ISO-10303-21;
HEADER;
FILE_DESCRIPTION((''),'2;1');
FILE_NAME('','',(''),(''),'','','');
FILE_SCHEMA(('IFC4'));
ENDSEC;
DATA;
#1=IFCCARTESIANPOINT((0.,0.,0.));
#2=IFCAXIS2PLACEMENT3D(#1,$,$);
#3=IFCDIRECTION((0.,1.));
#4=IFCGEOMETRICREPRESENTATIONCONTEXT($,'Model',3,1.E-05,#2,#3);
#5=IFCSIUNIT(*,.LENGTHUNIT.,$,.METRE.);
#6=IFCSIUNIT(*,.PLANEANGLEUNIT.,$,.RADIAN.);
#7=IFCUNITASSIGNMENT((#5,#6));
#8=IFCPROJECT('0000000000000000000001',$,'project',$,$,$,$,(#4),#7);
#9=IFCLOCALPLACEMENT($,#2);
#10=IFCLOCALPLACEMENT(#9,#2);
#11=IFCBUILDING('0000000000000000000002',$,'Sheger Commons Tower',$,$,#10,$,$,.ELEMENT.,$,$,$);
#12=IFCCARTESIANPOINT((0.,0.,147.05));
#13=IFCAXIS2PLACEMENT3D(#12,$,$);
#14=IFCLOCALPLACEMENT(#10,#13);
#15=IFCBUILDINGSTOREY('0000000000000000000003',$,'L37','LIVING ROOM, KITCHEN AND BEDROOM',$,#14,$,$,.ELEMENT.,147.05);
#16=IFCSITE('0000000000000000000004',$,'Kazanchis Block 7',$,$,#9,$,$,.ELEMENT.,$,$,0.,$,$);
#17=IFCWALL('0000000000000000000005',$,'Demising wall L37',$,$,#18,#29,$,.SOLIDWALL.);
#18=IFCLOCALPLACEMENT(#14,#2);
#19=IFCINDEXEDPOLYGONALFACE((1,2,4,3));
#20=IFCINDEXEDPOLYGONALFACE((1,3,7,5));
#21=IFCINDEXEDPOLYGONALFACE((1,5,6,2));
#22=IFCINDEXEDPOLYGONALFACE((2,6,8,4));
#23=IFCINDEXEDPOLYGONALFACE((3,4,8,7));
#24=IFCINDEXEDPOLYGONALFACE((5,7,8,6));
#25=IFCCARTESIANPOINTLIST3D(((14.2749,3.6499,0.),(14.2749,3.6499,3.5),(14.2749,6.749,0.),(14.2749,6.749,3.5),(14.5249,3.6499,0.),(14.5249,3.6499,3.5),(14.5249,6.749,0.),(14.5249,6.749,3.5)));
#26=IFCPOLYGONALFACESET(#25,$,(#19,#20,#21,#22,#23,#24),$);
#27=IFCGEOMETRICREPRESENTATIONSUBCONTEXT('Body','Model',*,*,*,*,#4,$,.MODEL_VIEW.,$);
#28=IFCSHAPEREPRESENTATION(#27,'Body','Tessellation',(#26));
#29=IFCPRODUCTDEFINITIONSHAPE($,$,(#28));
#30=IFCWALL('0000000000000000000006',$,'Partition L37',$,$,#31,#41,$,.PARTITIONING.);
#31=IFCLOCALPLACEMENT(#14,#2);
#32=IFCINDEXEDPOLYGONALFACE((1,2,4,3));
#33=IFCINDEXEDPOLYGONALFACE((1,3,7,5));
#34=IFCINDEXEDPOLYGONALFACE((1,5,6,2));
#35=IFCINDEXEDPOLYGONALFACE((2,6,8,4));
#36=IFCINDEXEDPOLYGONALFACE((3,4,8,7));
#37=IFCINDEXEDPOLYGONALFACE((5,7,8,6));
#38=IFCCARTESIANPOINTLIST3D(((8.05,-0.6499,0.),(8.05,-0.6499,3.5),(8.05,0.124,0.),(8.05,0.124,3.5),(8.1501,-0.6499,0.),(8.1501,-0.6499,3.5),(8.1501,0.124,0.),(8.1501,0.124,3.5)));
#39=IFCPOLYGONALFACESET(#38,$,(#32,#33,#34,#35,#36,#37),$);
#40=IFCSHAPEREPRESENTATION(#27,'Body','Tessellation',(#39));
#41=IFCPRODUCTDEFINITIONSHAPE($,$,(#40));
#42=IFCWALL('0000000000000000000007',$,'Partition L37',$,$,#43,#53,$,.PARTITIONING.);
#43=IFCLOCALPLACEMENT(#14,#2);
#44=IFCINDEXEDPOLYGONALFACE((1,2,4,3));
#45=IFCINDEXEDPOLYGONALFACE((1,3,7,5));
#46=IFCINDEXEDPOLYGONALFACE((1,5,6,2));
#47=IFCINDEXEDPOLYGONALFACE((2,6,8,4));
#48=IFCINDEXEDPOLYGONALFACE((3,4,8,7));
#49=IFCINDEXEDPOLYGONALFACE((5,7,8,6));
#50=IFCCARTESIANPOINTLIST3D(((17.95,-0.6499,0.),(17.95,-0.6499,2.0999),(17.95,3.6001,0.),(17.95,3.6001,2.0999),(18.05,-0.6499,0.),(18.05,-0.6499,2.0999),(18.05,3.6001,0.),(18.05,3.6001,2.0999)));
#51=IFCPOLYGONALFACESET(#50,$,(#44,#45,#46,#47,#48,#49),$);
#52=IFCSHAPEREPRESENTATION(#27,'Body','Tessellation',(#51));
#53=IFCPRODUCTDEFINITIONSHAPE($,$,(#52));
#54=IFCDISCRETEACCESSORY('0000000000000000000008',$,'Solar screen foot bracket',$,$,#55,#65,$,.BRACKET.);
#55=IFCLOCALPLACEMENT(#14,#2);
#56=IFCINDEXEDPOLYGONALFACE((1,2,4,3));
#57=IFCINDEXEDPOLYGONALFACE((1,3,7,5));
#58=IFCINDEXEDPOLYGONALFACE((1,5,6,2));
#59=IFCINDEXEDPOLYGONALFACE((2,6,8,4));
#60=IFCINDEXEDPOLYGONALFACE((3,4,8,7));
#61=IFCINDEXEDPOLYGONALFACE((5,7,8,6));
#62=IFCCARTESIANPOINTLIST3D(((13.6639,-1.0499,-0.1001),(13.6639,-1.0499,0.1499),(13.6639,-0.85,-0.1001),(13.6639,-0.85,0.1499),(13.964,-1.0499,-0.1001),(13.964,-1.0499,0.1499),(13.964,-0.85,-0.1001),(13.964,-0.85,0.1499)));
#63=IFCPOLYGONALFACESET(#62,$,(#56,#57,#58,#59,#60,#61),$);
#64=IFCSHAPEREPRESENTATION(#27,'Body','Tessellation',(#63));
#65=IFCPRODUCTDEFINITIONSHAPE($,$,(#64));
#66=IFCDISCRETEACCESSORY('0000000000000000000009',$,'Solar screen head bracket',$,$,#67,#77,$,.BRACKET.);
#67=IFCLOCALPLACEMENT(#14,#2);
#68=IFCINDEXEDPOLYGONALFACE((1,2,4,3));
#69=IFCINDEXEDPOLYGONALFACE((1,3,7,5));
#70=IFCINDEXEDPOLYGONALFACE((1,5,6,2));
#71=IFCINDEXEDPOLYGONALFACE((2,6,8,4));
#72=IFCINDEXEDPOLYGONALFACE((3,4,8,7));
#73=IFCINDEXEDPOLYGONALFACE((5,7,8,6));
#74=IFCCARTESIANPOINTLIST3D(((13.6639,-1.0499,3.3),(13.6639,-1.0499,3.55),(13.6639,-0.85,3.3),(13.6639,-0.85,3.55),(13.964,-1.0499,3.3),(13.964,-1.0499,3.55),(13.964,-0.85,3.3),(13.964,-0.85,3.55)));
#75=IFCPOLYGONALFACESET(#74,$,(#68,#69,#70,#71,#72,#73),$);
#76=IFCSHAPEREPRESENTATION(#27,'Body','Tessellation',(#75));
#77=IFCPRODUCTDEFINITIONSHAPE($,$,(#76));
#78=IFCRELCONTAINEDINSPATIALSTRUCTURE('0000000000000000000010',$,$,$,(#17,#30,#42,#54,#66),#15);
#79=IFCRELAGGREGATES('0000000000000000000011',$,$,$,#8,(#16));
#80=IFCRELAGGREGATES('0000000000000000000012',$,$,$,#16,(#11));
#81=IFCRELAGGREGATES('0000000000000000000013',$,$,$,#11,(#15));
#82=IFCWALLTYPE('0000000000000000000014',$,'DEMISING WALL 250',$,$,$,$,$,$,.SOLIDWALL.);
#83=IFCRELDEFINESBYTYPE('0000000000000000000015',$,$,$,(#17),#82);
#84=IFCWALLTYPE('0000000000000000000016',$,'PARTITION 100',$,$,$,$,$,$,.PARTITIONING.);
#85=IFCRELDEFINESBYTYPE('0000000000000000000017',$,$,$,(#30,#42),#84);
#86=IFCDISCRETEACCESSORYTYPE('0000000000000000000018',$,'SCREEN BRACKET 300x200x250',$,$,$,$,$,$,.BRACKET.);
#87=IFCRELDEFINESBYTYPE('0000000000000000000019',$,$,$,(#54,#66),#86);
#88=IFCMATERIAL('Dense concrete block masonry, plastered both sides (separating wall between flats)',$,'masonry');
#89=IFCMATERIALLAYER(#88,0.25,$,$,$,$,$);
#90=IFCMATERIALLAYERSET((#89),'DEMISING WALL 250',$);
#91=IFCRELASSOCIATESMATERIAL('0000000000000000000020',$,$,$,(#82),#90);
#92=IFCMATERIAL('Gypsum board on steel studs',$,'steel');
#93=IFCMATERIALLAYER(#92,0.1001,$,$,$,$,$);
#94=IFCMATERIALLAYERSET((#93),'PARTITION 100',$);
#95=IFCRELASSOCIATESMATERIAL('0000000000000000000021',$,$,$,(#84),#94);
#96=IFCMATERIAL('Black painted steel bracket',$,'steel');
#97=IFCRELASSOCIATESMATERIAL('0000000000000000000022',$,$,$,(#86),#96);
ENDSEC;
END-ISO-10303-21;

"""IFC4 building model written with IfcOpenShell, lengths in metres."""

from ifc_helpers import new_model, si_unit, direction, frame, frame_2d, origin, origin_2d, place, context, subcontext, project, spatial, rectangle, extrude, material, layer, layer_set, type_object, element, save


model = new_model("IFC4")

# Units and contexts
model_context = context("Model", 3, precision=1e-05, world=origin(), true_north=direction((0.0, 1.0)))
body_context = subcontext(model_context, "Body", "Model", "MODEL_VIEW")
ifc_project = project(units=[si_unit("LENGTHUNIT", "METRE"), si_unit("PLANEANGLEUNIT", "RADIAN")], contexts=[model_context])

# Site, building, storey
site_placement = place(None, origin())
site = spatial("IfcSite", under=ifc_project, at=site_placement, Name="Kazanchis Block 7", CompositionType="ELEMENT", RefElevation=0.0)
building_placement = place(site_placement, origin())
building = spatial("IfcBuilding", under=site, at=building_placement, Name="Sheger Commons Tower", CompositionType="ELEMENT")
storey_placement = place(building_placement, frame((0.0, 0.0, 147.05)))
storey = spatial("IfcBuildingStorey", under=building, at=storey_placement, Name="L37", Description="LIVING ROOM, KITCHEN AND BEDROOM", CompositionType="ELEMENT", Elevation=147.05)

# Walls
ifc_material_1 = material(Name="Dense concrete block masonry, plastered both sides (separating wall between flats)", Category="masonry")
ifc_layer_1 = layer(ifc_material_1, 0.25)
ifc_layer_set_1 = layer_set([ifc_layer_1], Name="DEMISING WALL 250")
wall_type_1 = type_object("IfcWallType", Name="DEMISING WALL 250", PredefinedType="SOLIDWALL", material=ifc_layer_set_1)
wall_1_placement = place(storey_placement, frame((14.3999, 3.6499, 0.0), z_axis=(0.0, 0.0, 1.0), x_axis=(0.0, 1.0, 0.0)))
element("IfcWall", 1, at=wall_1_placement, inside=storey, type_object=wall_type_1, Name="Demising wall L37", PredefinedType="SOLIDWALL", context=body_context, shape_type="SweptSolid", body=[
    extrude(rectangle(XDim=3.0991, YDim=0.25, at=frame_2d((1.5496, 0.0))), origin(), (0.0, 0.0, 1.0), 3.5),
])
ifc_material_2 = material(Name="Gypsum board on steel studs", Category="steel")
ifc_layer_2 = layer(ifc_material_2, 0.1001)
ifc_layer_set_2 = layer_set([ifc_layer_2], Name="PARTITION 100")
wall_type_2 = type_object("IfcWallType", Name="PARTITION 100", PredefinedType="PARTITIONING", material=ifc_layer_set_2)
wall_2_placement = place(storey_placement, frame((8.1001, 0.124, 0.0), z_axis=(0.0, 0.0, 1.0), x_axis=(0.0, -1.0, 0.0)))
element("IfcWall", 2, at=wall_2_placement, inside=storey, type_object=wall_type_2, Name="Partition L37", PredefinedType="PARTITIONING", context=body_context, shape_type="SweptSolid", body=[
    extrude(rectangle(XDim=0.7739, YDim=0.1001, at=frame_2d((0.387, 0.0))), origin(), (0.0, 0.0, 1.0), 3.5),
])
wall_3_placement = place(storey_placement, frame((18.0, -0.6499, 0.0), z_axis=(0.0, 0.0, 1.0), x_axis=(0.0, 1.0, 0.0)))
element("IfcWall", 3, at=wall_3_placement, inside=storey, type_object=wall_type_2, Name="Partition L37", PredefinedType="PARTITIONING", context=body_context, shape_type="SweptSolid", body=[
    extrude(rectangle(XDim=4.25, YDim=0.1001, at=frame_2d((2.125, 0.0))), origin(), (0.0, 0.0, 1.0), 2.0999),
])

# Discrete accessories
ifc_material_3 = material(Name="Black painted steel bracket", Category="steel")
discrete_accessory_type = type_object("IfcDiscreteAccessoryType", Name="SCREEN BRACKET 300x200x250", PredefinedType="BRACKET", material=ifc_material_3)
for number, where, z_axis, x_axis, name in (
    (4, (13.814, -0.95, -0.1001), (0.0, 0.0, 1.0), (1.0, 0.0, 0.0), "Solar screen foot bracket"),
    (5, (13.814, -0.95, 3.3), (0.0, 0.0, 1.0), (1.0, 0.0, 0.0), "Solar screen head bracket"),
):
    element("IfcDiscreteAccessory", number, at=place(storey_placement, frame(where, z_axis=z_axis, x_axis=x_axis)), inside=storey, type_object=discrete_accessory_type, Name=name, PredefinedType="BRACKET", context=body_context, shape_type="SweptSolid", body=[
        extrude(rectangle(XDim=0.3, YDim=0.2, at=origin_2d()), origin(), (0.0, 0.0, 1.0), 0.25),
    ])

save(model, "model.ifc")
